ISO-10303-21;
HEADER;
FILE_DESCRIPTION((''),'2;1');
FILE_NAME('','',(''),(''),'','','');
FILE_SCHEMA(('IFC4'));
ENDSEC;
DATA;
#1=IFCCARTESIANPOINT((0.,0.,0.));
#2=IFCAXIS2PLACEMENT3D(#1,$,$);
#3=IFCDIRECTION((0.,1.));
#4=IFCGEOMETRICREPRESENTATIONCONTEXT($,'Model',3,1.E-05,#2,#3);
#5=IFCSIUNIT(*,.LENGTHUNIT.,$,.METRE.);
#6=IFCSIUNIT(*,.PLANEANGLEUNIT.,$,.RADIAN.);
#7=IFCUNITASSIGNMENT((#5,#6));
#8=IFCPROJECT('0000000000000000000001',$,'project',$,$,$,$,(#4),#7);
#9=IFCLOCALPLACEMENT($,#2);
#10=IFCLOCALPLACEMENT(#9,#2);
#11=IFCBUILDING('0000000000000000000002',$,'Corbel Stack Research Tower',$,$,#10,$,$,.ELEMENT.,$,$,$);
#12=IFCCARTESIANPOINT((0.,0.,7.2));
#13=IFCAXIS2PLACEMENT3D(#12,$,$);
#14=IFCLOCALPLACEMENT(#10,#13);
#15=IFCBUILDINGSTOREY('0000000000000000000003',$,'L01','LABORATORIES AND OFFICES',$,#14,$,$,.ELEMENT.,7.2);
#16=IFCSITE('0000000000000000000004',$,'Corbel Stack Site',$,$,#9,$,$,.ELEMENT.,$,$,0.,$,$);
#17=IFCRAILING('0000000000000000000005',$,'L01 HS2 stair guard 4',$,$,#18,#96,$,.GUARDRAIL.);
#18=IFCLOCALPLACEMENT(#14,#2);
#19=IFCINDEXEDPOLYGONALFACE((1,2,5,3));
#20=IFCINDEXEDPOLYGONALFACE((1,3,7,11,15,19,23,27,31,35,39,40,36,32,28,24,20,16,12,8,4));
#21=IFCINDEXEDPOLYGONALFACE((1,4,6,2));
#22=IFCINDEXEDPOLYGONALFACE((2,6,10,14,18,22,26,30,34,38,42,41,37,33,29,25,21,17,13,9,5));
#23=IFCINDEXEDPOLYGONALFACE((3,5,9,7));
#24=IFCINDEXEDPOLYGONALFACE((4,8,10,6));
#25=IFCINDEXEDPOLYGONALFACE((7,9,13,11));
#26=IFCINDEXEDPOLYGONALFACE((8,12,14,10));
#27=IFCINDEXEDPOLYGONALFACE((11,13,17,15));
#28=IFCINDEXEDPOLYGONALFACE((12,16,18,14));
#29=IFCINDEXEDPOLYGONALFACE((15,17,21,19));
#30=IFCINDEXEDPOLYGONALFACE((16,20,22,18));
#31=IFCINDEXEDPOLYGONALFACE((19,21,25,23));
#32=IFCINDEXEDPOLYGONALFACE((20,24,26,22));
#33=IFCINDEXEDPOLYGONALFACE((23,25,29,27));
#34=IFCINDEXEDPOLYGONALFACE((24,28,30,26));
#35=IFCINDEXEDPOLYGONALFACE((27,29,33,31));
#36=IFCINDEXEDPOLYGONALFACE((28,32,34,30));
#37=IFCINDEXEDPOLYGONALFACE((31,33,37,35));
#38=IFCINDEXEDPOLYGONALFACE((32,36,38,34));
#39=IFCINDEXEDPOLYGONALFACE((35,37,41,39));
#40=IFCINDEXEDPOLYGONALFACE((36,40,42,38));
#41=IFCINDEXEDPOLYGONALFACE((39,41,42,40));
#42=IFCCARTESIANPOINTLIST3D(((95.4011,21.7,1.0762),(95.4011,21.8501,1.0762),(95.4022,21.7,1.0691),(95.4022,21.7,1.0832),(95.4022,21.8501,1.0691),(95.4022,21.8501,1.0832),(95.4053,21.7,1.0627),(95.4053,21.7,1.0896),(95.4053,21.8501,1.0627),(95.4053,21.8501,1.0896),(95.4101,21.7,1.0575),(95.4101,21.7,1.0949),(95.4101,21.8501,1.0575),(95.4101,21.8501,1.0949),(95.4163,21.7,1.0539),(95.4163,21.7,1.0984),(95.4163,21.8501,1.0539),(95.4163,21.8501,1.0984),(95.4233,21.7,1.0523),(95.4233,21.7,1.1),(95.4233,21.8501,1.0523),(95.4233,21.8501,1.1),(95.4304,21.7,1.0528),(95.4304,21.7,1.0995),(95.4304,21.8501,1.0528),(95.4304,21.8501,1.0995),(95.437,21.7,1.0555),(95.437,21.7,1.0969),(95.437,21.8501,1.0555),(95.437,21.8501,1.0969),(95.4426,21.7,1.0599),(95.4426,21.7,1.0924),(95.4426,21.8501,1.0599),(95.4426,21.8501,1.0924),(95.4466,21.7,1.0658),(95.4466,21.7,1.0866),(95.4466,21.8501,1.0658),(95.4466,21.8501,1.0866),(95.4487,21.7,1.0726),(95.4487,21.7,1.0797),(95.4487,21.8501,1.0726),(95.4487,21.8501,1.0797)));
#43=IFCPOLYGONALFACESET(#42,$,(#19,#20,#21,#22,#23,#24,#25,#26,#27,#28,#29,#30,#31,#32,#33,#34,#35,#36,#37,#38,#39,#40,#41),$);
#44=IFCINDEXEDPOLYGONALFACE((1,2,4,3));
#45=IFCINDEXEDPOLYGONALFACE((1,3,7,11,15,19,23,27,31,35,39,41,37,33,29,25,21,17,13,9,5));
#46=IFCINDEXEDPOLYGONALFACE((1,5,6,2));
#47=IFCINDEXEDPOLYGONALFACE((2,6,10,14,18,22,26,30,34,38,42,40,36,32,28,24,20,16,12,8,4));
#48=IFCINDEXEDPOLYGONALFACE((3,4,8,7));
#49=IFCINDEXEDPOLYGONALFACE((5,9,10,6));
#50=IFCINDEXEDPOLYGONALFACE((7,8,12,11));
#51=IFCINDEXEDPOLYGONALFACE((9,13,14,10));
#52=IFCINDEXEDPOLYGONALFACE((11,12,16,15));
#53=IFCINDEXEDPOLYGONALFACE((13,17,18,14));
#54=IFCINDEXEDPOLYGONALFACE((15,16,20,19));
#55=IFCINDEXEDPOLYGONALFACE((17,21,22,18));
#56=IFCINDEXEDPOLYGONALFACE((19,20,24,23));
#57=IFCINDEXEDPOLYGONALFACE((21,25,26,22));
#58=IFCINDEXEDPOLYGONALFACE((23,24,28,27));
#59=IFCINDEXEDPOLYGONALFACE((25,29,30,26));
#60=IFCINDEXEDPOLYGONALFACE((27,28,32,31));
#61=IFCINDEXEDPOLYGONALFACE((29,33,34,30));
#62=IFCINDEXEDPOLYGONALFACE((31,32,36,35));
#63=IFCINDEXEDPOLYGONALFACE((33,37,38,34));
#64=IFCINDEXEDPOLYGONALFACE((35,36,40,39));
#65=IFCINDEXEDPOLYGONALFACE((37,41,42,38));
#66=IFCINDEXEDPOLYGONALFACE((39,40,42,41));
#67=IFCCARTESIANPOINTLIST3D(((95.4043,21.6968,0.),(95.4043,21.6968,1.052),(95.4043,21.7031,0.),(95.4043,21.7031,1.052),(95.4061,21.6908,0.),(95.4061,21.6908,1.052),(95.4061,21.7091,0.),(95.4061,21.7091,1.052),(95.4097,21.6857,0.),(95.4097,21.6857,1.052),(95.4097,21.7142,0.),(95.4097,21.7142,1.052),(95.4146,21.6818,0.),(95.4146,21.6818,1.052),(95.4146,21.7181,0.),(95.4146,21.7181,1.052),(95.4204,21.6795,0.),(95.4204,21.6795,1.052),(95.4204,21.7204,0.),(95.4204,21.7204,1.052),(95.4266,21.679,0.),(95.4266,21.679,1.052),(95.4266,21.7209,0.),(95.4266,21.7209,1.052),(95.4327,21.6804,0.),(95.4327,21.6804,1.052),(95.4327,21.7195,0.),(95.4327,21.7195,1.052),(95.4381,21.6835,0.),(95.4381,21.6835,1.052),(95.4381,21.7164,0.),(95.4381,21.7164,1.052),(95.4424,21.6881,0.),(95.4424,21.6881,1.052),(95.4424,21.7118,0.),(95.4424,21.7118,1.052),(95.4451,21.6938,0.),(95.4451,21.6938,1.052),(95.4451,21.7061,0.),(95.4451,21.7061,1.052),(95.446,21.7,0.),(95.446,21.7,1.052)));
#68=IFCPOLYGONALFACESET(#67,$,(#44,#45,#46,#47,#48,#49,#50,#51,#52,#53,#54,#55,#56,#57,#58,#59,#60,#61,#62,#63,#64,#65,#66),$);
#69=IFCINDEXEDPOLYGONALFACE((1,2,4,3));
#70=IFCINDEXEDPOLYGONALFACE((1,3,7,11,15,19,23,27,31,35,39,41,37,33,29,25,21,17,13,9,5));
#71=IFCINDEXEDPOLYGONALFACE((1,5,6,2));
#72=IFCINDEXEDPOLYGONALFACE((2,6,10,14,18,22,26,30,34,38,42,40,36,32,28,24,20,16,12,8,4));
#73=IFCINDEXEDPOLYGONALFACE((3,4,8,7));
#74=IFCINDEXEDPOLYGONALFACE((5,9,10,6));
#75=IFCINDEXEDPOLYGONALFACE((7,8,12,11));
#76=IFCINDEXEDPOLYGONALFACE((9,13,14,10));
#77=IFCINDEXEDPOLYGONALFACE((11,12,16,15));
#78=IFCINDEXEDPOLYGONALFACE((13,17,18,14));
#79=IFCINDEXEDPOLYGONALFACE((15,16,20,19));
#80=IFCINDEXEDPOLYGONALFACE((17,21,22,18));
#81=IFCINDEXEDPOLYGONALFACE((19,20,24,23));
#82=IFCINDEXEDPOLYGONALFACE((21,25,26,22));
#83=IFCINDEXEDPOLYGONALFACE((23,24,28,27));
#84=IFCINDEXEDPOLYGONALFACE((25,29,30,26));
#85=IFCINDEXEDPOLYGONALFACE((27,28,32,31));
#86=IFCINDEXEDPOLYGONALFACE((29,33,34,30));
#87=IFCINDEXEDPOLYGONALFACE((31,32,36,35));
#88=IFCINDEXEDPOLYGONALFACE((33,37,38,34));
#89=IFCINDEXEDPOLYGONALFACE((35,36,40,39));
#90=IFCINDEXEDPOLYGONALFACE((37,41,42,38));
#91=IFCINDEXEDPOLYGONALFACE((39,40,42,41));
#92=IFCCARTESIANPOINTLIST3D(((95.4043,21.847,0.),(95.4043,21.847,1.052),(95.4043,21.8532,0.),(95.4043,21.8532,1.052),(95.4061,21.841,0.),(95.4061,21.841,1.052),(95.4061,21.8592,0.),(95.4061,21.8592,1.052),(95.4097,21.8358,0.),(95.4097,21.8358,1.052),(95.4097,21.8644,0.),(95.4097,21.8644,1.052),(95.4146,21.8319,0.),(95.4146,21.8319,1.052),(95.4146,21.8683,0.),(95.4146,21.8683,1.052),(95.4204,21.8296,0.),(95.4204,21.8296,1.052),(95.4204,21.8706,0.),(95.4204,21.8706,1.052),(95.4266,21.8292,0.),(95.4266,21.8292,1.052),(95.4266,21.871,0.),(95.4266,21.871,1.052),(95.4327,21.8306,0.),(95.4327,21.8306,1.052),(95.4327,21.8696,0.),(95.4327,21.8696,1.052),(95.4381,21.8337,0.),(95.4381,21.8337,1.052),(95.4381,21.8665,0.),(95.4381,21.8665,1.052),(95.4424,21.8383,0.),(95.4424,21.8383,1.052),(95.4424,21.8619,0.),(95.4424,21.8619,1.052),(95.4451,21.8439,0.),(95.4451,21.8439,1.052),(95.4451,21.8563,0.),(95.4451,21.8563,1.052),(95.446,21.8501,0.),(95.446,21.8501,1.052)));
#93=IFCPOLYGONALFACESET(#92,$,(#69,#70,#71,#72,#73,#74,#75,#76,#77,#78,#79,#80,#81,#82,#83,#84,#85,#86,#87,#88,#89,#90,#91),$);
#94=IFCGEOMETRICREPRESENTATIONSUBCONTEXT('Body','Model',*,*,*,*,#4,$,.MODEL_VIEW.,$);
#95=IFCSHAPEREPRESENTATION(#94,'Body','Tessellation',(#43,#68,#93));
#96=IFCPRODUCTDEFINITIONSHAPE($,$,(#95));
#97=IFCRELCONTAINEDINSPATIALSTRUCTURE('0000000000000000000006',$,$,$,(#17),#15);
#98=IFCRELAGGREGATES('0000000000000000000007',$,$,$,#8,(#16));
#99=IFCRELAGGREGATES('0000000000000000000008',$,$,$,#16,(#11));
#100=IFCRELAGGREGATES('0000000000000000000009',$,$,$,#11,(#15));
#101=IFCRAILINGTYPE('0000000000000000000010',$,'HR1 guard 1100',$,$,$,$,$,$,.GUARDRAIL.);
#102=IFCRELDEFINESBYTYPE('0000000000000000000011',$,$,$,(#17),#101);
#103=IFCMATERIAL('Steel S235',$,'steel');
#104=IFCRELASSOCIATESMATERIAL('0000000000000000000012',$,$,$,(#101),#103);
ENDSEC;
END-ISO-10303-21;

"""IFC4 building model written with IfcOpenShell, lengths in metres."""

from ifc_helpers import new_model, si_unit, direction, frame, origin, origin_2d, place, context, subcontext, project, spatial, circle, extrude, material, type_object, element, save


model = new_model("IFC4")

# Units and contexts
model_context = context("Model", 3, precision=1e-05, world=origin(), true_north=direction((0.0, 1.0)))
body_context = subcontext(model_context, "Body", "Model", "MODEL_VIEW")
ifc_project = project(units=[si_unit("LENGTHUNIT", "METRE"), si_unit("PLANEANGLEUNIT", "RADIAN")], contexts=[model_context])

# Site, building, storey
site_placement = place(None, origin())
site = spatial("IfcSite", under=ifc_project, at=site_placement, Name="Corbel Stack Site", CompositionType="ELEMENT", RefElevation=0.0)
building_placement = place(site_placement, origin())
building = spatial("IfcBuilding", under=site, at=building_placement, Name="Corbel Stack Research Tower", CompositionType="ELEMENT")
storey_placement = place(building_placement, frame((0.0, 0.0, 7.2)))
storey = spatial("IfcBuildingStorey", under=building, at=storey_placement, Name="L01", Description="LABORATORIES AND OFFICES", CompositionType="ELEMENT", Elevation=7.2)

# Railing
ifc_material_1 = material(Name="Steel S235", Category="steel")
railing_type_1 = type_object("IfcRailingType", Name="HR1 guard 1100", PredefinedType="GUARDRAIL", material=ifc_material_1)
railing_1_placement = place(storey_placement, frame((95.425, 21.7, 0.0)))
element("IfcRailing", 1, at=railing_1_placement, inside=storey, type_object=railing_type_1, Name="L01 HS2 stair guard 4", PredefinedType="GUARDRAIL", context=body_context, shape_type="SweptSolid", body=[
    extrude(circle(Radius=0.0239, at=origin_2d()), frame((0.0, 0.0, 1.0762), z_axis=(0.0, 1.0, 0.0), x_axis=(-1.0, 0.0, 0.0)), (0.0, 0.0, 1.0), 0.1501),
    extrude(circle(Radius=0.021, at=origin_2d()), origin(), (0.0, 0.0, 1.0), 1.052),
    extrude(circle(Radius=0.021, at=origin_2d()), frame((0.0, 0.1501, 0.0)), (0.0, 0.0, 1.0), 1.052),
])

save(model, "model.ifc")
